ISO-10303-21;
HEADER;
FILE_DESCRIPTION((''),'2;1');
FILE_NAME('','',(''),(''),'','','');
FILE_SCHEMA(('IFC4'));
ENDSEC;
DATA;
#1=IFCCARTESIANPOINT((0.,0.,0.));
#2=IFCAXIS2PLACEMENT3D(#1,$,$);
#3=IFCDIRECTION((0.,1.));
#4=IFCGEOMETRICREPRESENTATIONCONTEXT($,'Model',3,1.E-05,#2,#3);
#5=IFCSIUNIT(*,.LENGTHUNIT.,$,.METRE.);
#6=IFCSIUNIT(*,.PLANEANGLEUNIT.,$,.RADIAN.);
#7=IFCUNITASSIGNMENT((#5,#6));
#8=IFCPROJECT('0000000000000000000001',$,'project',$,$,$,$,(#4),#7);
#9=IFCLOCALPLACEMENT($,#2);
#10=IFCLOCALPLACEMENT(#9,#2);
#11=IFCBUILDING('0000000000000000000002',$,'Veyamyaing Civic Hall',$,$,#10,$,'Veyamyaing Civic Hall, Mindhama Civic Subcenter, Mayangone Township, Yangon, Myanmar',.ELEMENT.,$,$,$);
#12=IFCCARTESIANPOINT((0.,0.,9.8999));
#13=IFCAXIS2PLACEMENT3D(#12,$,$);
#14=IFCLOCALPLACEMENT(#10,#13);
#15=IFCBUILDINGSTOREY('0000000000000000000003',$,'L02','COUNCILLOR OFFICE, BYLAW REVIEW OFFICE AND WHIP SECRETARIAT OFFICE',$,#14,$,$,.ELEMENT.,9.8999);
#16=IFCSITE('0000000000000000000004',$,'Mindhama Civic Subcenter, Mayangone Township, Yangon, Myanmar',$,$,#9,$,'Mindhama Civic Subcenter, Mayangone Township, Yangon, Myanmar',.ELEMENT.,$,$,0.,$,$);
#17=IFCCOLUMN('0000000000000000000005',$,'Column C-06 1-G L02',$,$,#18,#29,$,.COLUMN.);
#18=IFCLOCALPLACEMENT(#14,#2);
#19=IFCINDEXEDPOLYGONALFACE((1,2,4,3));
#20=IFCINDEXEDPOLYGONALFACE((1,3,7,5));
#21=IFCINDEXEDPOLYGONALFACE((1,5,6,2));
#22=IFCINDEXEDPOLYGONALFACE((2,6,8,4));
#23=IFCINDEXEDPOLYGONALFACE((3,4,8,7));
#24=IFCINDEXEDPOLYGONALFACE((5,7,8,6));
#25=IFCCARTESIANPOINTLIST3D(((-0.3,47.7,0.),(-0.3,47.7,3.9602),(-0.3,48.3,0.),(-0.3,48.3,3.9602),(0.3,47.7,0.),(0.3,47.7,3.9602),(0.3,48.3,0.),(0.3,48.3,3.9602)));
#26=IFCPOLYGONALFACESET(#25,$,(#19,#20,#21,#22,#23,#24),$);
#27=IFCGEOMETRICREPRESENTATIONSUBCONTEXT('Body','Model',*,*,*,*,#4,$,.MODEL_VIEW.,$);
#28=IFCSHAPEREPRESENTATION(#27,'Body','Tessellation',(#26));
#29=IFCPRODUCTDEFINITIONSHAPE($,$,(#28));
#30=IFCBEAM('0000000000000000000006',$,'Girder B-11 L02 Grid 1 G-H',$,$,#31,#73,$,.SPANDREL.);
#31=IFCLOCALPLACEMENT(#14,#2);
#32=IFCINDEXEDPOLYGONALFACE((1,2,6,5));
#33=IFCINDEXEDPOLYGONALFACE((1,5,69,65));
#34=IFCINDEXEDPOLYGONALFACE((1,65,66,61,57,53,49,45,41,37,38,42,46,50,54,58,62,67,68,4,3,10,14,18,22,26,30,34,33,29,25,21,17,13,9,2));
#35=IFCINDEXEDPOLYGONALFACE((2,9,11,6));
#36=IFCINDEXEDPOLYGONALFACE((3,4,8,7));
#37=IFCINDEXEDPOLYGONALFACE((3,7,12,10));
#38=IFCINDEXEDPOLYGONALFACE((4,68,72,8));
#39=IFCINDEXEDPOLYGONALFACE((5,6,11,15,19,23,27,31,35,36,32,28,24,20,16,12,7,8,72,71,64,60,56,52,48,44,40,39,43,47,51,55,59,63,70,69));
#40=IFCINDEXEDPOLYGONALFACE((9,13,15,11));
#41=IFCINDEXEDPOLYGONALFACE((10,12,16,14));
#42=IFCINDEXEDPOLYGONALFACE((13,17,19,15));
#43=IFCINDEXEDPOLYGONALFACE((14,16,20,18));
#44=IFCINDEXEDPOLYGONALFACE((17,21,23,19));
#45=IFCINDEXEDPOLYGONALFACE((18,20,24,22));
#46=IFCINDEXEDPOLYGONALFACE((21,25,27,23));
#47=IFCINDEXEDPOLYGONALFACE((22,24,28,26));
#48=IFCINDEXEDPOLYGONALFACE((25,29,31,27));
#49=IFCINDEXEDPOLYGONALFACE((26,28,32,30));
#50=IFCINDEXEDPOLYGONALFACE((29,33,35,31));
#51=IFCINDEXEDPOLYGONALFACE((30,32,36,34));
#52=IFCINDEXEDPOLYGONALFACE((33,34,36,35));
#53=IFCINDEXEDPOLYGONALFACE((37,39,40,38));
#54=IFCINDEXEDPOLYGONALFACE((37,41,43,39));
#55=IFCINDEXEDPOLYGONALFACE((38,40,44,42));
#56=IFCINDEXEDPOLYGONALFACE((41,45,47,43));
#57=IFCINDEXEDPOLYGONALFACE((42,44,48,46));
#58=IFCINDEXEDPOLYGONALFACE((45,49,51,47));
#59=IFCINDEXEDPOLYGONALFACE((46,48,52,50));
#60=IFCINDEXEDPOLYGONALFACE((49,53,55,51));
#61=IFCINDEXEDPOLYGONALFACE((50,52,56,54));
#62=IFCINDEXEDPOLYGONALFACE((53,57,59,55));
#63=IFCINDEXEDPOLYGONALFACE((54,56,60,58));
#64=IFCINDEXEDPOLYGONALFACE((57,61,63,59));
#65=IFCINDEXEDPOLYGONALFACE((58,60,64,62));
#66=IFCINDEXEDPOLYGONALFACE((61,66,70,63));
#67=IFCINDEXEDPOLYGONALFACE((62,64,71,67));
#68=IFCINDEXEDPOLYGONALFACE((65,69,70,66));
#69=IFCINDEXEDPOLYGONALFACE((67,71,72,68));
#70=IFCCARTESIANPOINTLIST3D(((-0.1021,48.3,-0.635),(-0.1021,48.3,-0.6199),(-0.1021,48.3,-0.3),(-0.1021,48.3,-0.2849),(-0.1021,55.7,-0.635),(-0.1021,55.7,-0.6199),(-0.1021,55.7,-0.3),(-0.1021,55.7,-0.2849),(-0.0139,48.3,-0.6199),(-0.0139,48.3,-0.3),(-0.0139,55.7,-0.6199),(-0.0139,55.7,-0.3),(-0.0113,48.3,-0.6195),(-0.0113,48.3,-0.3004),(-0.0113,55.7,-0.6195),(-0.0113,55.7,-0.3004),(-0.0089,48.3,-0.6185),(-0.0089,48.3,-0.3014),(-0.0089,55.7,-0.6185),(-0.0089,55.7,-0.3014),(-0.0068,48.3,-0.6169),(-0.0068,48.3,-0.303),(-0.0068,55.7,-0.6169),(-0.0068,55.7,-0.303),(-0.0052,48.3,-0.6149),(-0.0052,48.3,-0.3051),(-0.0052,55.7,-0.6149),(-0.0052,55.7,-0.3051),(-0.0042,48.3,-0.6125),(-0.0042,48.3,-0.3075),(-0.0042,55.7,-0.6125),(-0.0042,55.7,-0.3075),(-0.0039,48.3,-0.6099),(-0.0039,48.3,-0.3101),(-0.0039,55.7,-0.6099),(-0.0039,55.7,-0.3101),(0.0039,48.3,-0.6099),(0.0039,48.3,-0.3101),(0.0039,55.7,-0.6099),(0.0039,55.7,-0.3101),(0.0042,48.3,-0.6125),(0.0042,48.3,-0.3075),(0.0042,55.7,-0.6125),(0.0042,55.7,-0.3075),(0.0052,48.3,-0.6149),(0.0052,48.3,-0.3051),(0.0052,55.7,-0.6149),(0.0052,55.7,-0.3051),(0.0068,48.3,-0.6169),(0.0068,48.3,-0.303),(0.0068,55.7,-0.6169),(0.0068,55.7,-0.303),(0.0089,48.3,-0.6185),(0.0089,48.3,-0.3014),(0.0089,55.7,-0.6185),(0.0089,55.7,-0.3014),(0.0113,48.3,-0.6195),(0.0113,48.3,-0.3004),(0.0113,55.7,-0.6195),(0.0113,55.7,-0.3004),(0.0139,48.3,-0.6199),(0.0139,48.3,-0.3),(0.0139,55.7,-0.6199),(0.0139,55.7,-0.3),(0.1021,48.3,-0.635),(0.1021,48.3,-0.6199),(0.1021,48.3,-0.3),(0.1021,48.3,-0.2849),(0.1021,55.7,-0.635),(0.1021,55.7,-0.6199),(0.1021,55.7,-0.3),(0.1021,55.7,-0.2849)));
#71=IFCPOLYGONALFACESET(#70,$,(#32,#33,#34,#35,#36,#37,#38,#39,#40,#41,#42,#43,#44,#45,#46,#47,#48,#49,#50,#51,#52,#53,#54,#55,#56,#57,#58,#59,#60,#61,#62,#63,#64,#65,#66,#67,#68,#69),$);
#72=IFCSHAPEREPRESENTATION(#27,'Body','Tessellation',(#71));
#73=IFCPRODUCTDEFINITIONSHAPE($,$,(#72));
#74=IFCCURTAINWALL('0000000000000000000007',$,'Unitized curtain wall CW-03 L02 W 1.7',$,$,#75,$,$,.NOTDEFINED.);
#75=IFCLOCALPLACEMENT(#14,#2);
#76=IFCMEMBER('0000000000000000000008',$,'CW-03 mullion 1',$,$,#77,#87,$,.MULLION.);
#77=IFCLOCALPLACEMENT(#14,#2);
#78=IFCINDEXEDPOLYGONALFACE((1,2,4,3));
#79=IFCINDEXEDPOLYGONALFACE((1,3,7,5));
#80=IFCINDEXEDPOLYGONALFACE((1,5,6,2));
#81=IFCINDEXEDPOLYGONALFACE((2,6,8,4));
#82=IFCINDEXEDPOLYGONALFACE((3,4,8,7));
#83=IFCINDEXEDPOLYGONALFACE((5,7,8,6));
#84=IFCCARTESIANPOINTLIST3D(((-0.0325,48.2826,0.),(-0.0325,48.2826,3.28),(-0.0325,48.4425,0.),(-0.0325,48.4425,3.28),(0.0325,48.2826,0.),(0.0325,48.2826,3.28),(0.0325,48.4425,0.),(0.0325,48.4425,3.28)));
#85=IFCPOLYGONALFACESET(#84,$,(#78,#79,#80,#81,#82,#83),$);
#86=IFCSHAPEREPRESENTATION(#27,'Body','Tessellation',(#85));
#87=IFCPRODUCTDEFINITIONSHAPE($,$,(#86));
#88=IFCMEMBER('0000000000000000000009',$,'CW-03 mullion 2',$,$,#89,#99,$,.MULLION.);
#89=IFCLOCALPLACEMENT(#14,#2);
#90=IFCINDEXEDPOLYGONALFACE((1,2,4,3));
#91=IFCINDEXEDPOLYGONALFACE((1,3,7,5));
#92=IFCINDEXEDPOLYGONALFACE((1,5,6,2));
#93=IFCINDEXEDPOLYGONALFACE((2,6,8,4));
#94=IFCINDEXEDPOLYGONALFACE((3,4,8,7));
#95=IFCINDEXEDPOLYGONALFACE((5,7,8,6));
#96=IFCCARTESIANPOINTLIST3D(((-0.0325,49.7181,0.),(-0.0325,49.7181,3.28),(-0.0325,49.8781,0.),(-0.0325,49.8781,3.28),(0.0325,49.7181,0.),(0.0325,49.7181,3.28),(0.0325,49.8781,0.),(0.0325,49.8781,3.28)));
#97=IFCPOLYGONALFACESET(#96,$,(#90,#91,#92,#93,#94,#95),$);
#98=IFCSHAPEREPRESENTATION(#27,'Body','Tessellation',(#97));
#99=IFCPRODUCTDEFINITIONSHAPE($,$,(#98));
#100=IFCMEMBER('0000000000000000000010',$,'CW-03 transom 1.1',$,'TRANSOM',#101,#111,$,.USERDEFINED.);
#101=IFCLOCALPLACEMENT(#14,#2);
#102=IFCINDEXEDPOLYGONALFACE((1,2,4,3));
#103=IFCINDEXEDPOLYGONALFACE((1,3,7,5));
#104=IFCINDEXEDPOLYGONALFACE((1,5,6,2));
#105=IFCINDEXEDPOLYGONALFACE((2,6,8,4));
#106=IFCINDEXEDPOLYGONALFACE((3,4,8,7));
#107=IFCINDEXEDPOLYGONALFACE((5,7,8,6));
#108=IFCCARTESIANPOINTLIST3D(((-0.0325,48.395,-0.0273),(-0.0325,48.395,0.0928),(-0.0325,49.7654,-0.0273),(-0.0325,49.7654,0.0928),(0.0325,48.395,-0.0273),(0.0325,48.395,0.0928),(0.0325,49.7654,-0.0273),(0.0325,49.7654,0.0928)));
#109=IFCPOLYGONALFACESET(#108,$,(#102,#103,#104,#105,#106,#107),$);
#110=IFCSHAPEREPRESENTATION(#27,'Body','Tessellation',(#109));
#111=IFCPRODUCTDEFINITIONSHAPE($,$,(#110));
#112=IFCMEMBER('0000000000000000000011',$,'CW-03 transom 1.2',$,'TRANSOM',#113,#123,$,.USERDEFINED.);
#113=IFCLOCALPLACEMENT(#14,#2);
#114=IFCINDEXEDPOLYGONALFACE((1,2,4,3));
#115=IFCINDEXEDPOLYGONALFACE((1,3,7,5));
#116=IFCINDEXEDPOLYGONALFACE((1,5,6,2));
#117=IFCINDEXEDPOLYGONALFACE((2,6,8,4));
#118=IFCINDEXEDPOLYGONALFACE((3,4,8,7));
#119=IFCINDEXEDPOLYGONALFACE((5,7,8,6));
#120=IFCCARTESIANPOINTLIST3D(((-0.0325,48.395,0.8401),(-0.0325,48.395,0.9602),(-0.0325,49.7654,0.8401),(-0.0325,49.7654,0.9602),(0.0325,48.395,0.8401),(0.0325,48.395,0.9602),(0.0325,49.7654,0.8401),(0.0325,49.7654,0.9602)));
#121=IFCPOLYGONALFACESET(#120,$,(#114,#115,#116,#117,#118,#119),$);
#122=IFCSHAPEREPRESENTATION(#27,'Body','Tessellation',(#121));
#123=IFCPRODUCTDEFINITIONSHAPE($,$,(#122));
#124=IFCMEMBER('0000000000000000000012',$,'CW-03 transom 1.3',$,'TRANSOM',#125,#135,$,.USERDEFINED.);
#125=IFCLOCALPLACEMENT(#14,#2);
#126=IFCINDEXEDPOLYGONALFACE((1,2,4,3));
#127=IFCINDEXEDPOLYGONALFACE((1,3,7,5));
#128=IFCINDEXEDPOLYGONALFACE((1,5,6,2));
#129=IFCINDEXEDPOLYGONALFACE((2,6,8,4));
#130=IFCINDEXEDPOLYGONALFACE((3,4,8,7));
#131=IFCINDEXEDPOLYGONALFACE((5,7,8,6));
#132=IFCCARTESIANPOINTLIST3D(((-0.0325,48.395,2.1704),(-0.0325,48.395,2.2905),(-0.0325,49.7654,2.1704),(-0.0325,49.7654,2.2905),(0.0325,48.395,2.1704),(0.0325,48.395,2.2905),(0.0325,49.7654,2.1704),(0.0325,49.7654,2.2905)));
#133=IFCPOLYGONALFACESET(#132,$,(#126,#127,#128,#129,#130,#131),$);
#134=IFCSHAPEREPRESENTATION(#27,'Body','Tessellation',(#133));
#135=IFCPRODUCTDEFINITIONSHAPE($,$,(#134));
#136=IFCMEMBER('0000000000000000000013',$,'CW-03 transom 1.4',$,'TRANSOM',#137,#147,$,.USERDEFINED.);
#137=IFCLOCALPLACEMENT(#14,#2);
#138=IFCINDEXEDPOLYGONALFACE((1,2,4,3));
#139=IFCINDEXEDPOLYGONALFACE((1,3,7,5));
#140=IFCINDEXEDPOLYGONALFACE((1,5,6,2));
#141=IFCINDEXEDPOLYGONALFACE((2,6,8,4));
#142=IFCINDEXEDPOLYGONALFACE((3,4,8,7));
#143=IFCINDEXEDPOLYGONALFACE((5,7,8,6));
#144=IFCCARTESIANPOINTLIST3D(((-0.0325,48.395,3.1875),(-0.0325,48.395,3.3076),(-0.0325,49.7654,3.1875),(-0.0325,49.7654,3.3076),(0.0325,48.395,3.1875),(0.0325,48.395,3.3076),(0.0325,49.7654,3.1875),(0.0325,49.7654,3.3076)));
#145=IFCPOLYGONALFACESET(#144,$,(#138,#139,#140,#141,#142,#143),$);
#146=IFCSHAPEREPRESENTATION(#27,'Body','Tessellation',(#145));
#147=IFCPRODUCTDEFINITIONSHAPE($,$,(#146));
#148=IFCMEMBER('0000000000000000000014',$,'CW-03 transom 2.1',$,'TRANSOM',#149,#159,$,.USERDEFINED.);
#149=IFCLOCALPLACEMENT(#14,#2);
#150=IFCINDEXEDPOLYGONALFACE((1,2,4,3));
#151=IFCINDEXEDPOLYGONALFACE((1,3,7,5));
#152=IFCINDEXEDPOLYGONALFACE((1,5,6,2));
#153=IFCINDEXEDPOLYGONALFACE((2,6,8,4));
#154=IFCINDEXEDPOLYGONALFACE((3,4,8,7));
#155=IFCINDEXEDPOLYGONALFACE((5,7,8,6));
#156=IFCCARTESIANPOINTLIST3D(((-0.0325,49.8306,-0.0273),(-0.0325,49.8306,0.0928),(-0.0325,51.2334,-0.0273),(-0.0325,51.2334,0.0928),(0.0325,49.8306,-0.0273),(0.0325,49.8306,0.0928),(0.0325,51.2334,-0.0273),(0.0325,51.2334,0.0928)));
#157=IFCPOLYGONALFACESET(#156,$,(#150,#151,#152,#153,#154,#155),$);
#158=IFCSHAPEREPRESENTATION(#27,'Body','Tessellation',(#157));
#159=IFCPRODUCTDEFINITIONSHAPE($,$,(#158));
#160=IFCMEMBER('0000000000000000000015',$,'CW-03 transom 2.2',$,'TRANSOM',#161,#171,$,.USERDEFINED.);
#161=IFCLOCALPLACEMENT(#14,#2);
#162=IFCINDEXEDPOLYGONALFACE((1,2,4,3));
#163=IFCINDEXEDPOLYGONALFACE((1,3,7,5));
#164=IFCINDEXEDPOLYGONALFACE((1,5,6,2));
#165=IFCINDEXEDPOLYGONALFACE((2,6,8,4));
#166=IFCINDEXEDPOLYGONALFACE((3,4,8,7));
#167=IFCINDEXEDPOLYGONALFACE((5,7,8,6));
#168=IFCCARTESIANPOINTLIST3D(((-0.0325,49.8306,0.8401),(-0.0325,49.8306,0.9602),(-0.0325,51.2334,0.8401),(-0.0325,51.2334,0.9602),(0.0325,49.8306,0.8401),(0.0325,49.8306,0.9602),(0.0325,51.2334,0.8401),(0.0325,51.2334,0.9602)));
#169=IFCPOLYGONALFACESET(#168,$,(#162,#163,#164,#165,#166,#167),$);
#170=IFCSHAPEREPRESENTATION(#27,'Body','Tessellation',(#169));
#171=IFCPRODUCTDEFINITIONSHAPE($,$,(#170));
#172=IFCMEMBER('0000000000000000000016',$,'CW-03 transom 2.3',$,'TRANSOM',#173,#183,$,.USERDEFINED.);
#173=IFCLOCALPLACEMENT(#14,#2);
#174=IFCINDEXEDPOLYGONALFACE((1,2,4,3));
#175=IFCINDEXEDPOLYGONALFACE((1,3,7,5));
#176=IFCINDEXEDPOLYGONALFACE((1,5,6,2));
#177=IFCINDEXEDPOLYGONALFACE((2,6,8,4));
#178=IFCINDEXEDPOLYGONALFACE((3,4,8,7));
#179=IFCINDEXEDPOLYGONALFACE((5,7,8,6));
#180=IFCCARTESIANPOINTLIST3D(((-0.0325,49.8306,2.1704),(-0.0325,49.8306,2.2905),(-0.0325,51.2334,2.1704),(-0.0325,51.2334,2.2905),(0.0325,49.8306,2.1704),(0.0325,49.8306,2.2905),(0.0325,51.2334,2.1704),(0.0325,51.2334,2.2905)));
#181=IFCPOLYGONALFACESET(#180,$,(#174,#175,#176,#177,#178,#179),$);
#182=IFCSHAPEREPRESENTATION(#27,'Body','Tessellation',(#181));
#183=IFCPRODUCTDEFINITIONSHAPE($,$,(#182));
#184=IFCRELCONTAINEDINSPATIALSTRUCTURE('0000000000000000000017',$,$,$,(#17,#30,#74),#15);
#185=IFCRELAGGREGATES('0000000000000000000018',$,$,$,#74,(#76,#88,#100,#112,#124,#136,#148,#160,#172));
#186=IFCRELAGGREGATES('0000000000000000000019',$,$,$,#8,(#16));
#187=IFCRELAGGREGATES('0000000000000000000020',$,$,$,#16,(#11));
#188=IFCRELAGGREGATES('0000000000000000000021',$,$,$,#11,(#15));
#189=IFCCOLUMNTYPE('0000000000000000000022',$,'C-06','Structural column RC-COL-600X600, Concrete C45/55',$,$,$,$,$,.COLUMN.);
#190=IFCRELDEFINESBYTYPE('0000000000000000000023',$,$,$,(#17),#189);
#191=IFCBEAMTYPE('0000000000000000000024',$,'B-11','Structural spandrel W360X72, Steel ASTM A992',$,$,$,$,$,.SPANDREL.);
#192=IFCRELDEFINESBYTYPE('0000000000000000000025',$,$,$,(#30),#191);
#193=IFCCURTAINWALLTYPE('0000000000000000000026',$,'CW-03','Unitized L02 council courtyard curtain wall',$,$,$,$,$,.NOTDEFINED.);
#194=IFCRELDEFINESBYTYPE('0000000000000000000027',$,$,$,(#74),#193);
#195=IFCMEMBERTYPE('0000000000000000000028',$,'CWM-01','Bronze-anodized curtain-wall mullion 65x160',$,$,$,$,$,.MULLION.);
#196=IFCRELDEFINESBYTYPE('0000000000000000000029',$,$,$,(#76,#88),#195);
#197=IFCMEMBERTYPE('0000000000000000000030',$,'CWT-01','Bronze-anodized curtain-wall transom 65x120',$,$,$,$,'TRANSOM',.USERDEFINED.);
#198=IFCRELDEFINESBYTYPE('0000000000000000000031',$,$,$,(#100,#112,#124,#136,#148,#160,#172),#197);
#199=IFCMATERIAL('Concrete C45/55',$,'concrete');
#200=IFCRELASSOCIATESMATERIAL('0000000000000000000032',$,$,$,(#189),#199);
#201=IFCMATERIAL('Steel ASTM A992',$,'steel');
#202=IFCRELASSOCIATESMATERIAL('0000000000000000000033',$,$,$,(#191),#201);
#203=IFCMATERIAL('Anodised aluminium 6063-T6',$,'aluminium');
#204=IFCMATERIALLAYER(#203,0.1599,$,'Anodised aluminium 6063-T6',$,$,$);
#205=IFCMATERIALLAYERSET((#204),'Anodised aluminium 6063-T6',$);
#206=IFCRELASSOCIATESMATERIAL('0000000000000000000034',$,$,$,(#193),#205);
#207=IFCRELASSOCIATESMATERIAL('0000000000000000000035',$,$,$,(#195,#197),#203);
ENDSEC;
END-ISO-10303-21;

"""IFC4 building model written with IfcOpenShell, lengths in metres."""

from ifc_helpers import new_model, si_unit, direction, frame, origin, origin_2d, place, context, subcontext, project, spatial, rectangle, i_section, extrude, material, layer, layer_set, material_profile, profile_set, type_object, element, aggregate, save


model = new_model("IFC4")

# Units and contexts
model_context = context("Model", 3, precision=1e-05, world=origin(), true_north=direction((0.0, 1.0)))
body_context = subcontext(model_context, "Body", "Model", "MODEL_VIEW")
ifc_project = project(units=[si_unit("LENGTHUNIT", "METRE"), si_unit("PLANEANGLEUNIT", "RADIAN")], contexts=[model_context])

# Site, building, storey
site_placement = place(None, origin())
site = spatial("IfcSite", under=ifc_project, at=site_placement, Name="Mindhama Civic Subcenter, Mayangone Township, Yangon, Myanmar", LongName="Mindhama Civic Subcenter, Mayangone Township, Yangon, Myanmar", CompositionType="ELEMENT", RefElevation=0.0)
building_placement = place(site_placement, origin())
building = spatial("IfcBuilding", under=site, at=building_placement, Name="Veyamyaing Civic Hall", LongName="Veyamyaing Civic Hall, Mindhama Civic Subcenter, Mayangone Township, Yangon, Myanmar", CompositionType="ELEMENT")
storey_placement = place(building_placement, frame((0.0, 0.0, 9.8999)))
storey = spatial("IfcBuildingStorey", under=building, at=storey_placement, Name="L02", Description="COUNCILLOR OFFICE, BYLAW REVIEW OFFICE AND WHIP SECRETARIAT OFFICE", CompositionType="ELEMENT", Elevation=9.8999)

# Column
ifc_material_1 = material(Name="Concrete C45/55", Category="concrete")
ifc_material_profile_1 = material_profile(ifc_material_1, rectangle(XDim=0.6001, YDim=0.6001, at=origin_2d()), Name="RC-COL-600X600")
ifc_profile_set_1 = profile_set([ifc_material_profile_1], Name="Concrete C45/55")
column_type = type_object("IfcColumnType", Name="C-06", Description="Structural column RC-COL-600X600, Concrete C45/55", PredefinedType="COLUMN", material=ifc_profile_set_1)
column_placement = place(storey_placement, frame((0.0, 48.0, 0.0), z_axis=(0.0, 0.0, 1.0), x_axis=(1.0, 0.0, 0.0)))
element("IfcColumn", 1, at=column_placement, inside=storey, type_object=column_type, Name="Column C-06 1-G L02", PredefinedType="COLUMN", context=body_context, shape_type="SweptSolid", body=[
    extrude(rectangle(XDim=0.6001, YDim=0.6001, at=origin_2d()), origin(), (0.0, 0.0, 1.0), 3.9602),
])

# Beam
ifc_material_2 = material(Name="Steel ASTM A992", Category="steel")
ifc_material_profile_2 = material_profile(ifc_material_2, i_section(OverallWidth=0.2041, OverallDepth=0.3501, WebThickness=0.0078, FlangeThickness=0.0151, FilletRadius=0.01, at=origin_2d()), Name="W360X72")
ifc_profile_set_2 = profile_set([ifc_material_profile_2], Name="Steel ASTM A992")
beam_type_1 = type_object("IfcBeamType", Name="B-11", Description="Structural spandrel W360X72, Steel ASTM A992", PredefinedType="SPANDREL", material=ifc_profile_set_2)
beam_1_placement = place(storey_placement, frame((0.0, 48.3, -0.46), z_axis=(0.0, 1.0, 0.0), x_axis=(-1.0, 0.0, 0.0)))
element("IfcBeam", 2, at=beam_1_placement, inside=storey, type_object=beam_type_1, Name="Girder B-11 L02 Grid 1 G-H", PredefinedType="SPANDREL", context=body_context, shape_type="SweptSolid", body=[
    extrude(i_section(OverallWidth=0.2041, OverallDepth=0.3501, WebThickness=0.0078, FlangeThickness=0.0151, FilletRadius=0.01, at=origin_2d()), origin(), (0.0, 0.0, 1.0), 7.3999),
])

# Curtain wall, members
ifc_material_3 = material(Name="Anodised aluminium 6063-T6", Category="aluminium")
ifc_layer_1 = layer(ifc_material_3, 0.1599, Name="Anodised aluminium 6063-T6")
ifc_layer_set_1 = layer_set([ifc_layer_1], Name="Anodised aluminium 6063-T6")
curtain_wall_type = type_object("IfcCurtainWallType", Name="CW-03", Description="Unitized L02 council courtyard curtain wall", PredefinedType="NOTDEFINED", material=ifc_layer_set_1)
curtain_wall_placement = place(storey_placement, origin())
curtain_wall = element("IfcCurtainWall", 3, at=curtain_wall_placement, inside=storey, type_object=curtain_wall_type, Name="Unitized curtain wall CW-03 L02 W 1.7", PredefinedType="NOTDEFINED")
ifc_material_profile_3 = material_profile(ifc_material_3, rectangle(XDim=0.0649, YDim=0.1599, at=origin_2d()), Name="ALU-MUL-65X160")
ifc_profile_set_3 = profile_set([ifc_material_profile_3], Name="Anodised aluminium 6063-T6")
member_type_1 = type_object("IfcMemberType", Name="CWM-01", Description="Bronze-anodized curtain-wall mullion 65x160", PredefinedType="MULLION", material=ifc_profile_set_3)
member_1_placement = place(storey_placement, frame((0.0, 48.3625, 0.0), z_axis=(0.0, 0.0, 1.0), x_axis=(-1.0, 0.0, 0.0)))
member_1 = element("IfcMember", 4, at=member_1_placement, type_object=member_type_1, Name="CW-03 mullion 1", PredefinedType="MULLION", context=body_context, shape_type="SweptSolid", body=[
    extrude(rectangle(XDim=0.0649, YDim=0.1599, at=origin_2d()), origin(), (0.0, 0.0, 1.0), 3.28),
])
member_2_placement = place(storey_placement, frame((0.0, 49.7981, 0.0), z_axis=(0.0, 0.0, 1.0), x_axis=(-1.0, 0.0, 0.0)))
member_2 = element("IfcMember", 5, at=member_2_placement, type_object=member_type_1, Name="CW-03 mullion 2", PredefinedType="MULLION", context=body_context, shape_type="SweptSolid", body=[
    extrude(rectangle(XDim=0.0649, YDim=0.1599, at=origin_2d()), origin(), (0.0, 0.0, 1.0), 3.28),
])
ifc_material_profile_4 = material_profile(ifc_material_3, rectangle(XDim=0.0649, YDim=0.1201, at=origin_2d()), Name="ALU-TRN-65X120")
ifc_profile_set_4 = profile_set([ifc_material_profile_4], Name="Anodised aluminium 6063-T6")
member_type_2 = type_object("IfcMemberType", Name="CWT-01", Description="Bronze-anodized curtain-wall transom 65x120", ElementType="TRANSOM", PredefinedType="USERDEFINED", material=ifc_profile_set_4)
member_3_placement = place(storey_placement, frame((0.0, 48.395, 0.0327), z_axis=(0.0, 1.0, 0.0), x_axis=(-1.0, 0.0, 0.0)))
member_3 = element("IfcMember", 6, at=member_3_placement, type_object=member_type_2, Name="CW-03 transom 1.1", ObjectType="TRANSOM", PredefinedType="USERDEFINED", context=body_context, shape_type="SweptSolid", body=[
    extrude(rectangle(XDim=0.0649, YDim=0.1201, at=origin_2d()), origin(), (0.0, 0.0, 1.0), 1.3704),
])
member_4_placement = place(storey_placement, frame((0.0, 48.395, 0.9001), z_axis=(0.0, 1.0, 0.0), x_axis=(-1.0, 0.0, 0.0)))
member_4 = element("IfcMember", 7, at=member_4_placement, type_object=member_type_2, Name="CW-03 transom 1.2", ObjectType="TRANSOM", PredefinedType="USERDEFINED", context=body_context, shape_type="SweptSolid", body=[
    extrude(rectangle(XDim=0.0649, YDim=0.1201, at=origin_2d()), origin(), (0.0, 0.0, 1.0), 1.3704),
])
member_5_placement = place(storey_placement, frame((0.0, 48.395, 2.2305), z_axis=(0.0, 1.0, 0.0), x_axis=(-1.0, 0.0, 0.0)))
member_5 = element("IfcMember", 8, at=member_5_placement, type_object=member_type_2, Name="CW-03 transom 1.3", ObjectType="TRANSOM", PredefinedType="USERDEFINED", context=body_context, shape_type="SweptSolid", body=[
    extrude(rectangle(XDim=0.0649, YDim=0.1201, at=origin_2d()), origin(), (0.0, 0.0, 1.0), 1.3704),
])
member_6_placement = place(storey_placement, frame((0.0, 48.395, 3.2476), z_axis=(0.0, 1.0, 0.0), x_axis=(-1.0, 0.0, 0.0)))
member_6 = element("IfcMember", 9, at=member_6_placement, type_object=member_type_2, Name="CW-03 transom 1.4", ObjectType="TRANSOM", PredefinedType="USERDEFINED", context=body_context, shape_type="SweptSolid", body=[
    extrude(rectangle(XDim=0.0649, YDim=0.1201, at=origin_2d()), origin(), (0.0, 0.0, 1.0), 1.3704),
])
member_7_placement = place(storey_placement, frame((0.0, 49.8306, 0.0327), z_axis=(0.0, 1.0, 0.0), x_axis=(-1.0, 0.0, 0.0)))
member_7 = element("IfcMember", 10, at=member_7_placement, type_object=member_type_2, Name="CW-03 transom 2.1", ObjectType="TRANSOM", PredefinedType="USERDEFINED", context=body_context, shape_type="SweptSolid", body=[
    extrude(rectangle(XDim=0.0649, YDim=0.1201, at=origin_2d()), origin(), (0.0, 0.0, 1.0), 1.4028),
])
member_8_placement = place(storey_placement, frame((0.0, 49.8306, 0.9001), z_axis=(0.0, 1.0, 0.0), x_axis=(-1.0, 0.0, 0.0)))
member_8 = element("IfcMember", 11, at=member_8_placement, type_object=member_type_2, Name="CW-03 transom 2.2", ObjectType="TRANSOM", PredefinedType="USERDEFINED", context=body_context, shape_type="SweptSolid", body=[
    extrude(rectangle(XDim=0.0649, YDim=0.1201, at=origin_2d()), origin(), (0.0, 0.0, 1.0), 1.4028),
])
member_9_placement = place(storey_placement, frame((0.0, 49.8306, 2.2305), z_axis=(0.0, 1.0, 0.0), x_axis=(-1.0, 0.0, 0.0)))
member_9 = element("IfcMember", 12, at=member_9_placement, type_object=member_type_2, Name="CW-03 transom 2.3", ObjectType="TRANSOM", PredefinedType="USERDEFINED", context=body_context, shape_type="SweptSolid", body=[
    extrude(rectangle(XDim=0.0649, YDim=0.1201, at=origin_2d()), origin(), (0.0, 0.0, 1.0), 1.4028),
])

aggregate(curtain_wall, [member_1, member_2, member_3, member_4, member_5, member_6, member_7, member_8, member_9])

save(model, "model.ifc")
